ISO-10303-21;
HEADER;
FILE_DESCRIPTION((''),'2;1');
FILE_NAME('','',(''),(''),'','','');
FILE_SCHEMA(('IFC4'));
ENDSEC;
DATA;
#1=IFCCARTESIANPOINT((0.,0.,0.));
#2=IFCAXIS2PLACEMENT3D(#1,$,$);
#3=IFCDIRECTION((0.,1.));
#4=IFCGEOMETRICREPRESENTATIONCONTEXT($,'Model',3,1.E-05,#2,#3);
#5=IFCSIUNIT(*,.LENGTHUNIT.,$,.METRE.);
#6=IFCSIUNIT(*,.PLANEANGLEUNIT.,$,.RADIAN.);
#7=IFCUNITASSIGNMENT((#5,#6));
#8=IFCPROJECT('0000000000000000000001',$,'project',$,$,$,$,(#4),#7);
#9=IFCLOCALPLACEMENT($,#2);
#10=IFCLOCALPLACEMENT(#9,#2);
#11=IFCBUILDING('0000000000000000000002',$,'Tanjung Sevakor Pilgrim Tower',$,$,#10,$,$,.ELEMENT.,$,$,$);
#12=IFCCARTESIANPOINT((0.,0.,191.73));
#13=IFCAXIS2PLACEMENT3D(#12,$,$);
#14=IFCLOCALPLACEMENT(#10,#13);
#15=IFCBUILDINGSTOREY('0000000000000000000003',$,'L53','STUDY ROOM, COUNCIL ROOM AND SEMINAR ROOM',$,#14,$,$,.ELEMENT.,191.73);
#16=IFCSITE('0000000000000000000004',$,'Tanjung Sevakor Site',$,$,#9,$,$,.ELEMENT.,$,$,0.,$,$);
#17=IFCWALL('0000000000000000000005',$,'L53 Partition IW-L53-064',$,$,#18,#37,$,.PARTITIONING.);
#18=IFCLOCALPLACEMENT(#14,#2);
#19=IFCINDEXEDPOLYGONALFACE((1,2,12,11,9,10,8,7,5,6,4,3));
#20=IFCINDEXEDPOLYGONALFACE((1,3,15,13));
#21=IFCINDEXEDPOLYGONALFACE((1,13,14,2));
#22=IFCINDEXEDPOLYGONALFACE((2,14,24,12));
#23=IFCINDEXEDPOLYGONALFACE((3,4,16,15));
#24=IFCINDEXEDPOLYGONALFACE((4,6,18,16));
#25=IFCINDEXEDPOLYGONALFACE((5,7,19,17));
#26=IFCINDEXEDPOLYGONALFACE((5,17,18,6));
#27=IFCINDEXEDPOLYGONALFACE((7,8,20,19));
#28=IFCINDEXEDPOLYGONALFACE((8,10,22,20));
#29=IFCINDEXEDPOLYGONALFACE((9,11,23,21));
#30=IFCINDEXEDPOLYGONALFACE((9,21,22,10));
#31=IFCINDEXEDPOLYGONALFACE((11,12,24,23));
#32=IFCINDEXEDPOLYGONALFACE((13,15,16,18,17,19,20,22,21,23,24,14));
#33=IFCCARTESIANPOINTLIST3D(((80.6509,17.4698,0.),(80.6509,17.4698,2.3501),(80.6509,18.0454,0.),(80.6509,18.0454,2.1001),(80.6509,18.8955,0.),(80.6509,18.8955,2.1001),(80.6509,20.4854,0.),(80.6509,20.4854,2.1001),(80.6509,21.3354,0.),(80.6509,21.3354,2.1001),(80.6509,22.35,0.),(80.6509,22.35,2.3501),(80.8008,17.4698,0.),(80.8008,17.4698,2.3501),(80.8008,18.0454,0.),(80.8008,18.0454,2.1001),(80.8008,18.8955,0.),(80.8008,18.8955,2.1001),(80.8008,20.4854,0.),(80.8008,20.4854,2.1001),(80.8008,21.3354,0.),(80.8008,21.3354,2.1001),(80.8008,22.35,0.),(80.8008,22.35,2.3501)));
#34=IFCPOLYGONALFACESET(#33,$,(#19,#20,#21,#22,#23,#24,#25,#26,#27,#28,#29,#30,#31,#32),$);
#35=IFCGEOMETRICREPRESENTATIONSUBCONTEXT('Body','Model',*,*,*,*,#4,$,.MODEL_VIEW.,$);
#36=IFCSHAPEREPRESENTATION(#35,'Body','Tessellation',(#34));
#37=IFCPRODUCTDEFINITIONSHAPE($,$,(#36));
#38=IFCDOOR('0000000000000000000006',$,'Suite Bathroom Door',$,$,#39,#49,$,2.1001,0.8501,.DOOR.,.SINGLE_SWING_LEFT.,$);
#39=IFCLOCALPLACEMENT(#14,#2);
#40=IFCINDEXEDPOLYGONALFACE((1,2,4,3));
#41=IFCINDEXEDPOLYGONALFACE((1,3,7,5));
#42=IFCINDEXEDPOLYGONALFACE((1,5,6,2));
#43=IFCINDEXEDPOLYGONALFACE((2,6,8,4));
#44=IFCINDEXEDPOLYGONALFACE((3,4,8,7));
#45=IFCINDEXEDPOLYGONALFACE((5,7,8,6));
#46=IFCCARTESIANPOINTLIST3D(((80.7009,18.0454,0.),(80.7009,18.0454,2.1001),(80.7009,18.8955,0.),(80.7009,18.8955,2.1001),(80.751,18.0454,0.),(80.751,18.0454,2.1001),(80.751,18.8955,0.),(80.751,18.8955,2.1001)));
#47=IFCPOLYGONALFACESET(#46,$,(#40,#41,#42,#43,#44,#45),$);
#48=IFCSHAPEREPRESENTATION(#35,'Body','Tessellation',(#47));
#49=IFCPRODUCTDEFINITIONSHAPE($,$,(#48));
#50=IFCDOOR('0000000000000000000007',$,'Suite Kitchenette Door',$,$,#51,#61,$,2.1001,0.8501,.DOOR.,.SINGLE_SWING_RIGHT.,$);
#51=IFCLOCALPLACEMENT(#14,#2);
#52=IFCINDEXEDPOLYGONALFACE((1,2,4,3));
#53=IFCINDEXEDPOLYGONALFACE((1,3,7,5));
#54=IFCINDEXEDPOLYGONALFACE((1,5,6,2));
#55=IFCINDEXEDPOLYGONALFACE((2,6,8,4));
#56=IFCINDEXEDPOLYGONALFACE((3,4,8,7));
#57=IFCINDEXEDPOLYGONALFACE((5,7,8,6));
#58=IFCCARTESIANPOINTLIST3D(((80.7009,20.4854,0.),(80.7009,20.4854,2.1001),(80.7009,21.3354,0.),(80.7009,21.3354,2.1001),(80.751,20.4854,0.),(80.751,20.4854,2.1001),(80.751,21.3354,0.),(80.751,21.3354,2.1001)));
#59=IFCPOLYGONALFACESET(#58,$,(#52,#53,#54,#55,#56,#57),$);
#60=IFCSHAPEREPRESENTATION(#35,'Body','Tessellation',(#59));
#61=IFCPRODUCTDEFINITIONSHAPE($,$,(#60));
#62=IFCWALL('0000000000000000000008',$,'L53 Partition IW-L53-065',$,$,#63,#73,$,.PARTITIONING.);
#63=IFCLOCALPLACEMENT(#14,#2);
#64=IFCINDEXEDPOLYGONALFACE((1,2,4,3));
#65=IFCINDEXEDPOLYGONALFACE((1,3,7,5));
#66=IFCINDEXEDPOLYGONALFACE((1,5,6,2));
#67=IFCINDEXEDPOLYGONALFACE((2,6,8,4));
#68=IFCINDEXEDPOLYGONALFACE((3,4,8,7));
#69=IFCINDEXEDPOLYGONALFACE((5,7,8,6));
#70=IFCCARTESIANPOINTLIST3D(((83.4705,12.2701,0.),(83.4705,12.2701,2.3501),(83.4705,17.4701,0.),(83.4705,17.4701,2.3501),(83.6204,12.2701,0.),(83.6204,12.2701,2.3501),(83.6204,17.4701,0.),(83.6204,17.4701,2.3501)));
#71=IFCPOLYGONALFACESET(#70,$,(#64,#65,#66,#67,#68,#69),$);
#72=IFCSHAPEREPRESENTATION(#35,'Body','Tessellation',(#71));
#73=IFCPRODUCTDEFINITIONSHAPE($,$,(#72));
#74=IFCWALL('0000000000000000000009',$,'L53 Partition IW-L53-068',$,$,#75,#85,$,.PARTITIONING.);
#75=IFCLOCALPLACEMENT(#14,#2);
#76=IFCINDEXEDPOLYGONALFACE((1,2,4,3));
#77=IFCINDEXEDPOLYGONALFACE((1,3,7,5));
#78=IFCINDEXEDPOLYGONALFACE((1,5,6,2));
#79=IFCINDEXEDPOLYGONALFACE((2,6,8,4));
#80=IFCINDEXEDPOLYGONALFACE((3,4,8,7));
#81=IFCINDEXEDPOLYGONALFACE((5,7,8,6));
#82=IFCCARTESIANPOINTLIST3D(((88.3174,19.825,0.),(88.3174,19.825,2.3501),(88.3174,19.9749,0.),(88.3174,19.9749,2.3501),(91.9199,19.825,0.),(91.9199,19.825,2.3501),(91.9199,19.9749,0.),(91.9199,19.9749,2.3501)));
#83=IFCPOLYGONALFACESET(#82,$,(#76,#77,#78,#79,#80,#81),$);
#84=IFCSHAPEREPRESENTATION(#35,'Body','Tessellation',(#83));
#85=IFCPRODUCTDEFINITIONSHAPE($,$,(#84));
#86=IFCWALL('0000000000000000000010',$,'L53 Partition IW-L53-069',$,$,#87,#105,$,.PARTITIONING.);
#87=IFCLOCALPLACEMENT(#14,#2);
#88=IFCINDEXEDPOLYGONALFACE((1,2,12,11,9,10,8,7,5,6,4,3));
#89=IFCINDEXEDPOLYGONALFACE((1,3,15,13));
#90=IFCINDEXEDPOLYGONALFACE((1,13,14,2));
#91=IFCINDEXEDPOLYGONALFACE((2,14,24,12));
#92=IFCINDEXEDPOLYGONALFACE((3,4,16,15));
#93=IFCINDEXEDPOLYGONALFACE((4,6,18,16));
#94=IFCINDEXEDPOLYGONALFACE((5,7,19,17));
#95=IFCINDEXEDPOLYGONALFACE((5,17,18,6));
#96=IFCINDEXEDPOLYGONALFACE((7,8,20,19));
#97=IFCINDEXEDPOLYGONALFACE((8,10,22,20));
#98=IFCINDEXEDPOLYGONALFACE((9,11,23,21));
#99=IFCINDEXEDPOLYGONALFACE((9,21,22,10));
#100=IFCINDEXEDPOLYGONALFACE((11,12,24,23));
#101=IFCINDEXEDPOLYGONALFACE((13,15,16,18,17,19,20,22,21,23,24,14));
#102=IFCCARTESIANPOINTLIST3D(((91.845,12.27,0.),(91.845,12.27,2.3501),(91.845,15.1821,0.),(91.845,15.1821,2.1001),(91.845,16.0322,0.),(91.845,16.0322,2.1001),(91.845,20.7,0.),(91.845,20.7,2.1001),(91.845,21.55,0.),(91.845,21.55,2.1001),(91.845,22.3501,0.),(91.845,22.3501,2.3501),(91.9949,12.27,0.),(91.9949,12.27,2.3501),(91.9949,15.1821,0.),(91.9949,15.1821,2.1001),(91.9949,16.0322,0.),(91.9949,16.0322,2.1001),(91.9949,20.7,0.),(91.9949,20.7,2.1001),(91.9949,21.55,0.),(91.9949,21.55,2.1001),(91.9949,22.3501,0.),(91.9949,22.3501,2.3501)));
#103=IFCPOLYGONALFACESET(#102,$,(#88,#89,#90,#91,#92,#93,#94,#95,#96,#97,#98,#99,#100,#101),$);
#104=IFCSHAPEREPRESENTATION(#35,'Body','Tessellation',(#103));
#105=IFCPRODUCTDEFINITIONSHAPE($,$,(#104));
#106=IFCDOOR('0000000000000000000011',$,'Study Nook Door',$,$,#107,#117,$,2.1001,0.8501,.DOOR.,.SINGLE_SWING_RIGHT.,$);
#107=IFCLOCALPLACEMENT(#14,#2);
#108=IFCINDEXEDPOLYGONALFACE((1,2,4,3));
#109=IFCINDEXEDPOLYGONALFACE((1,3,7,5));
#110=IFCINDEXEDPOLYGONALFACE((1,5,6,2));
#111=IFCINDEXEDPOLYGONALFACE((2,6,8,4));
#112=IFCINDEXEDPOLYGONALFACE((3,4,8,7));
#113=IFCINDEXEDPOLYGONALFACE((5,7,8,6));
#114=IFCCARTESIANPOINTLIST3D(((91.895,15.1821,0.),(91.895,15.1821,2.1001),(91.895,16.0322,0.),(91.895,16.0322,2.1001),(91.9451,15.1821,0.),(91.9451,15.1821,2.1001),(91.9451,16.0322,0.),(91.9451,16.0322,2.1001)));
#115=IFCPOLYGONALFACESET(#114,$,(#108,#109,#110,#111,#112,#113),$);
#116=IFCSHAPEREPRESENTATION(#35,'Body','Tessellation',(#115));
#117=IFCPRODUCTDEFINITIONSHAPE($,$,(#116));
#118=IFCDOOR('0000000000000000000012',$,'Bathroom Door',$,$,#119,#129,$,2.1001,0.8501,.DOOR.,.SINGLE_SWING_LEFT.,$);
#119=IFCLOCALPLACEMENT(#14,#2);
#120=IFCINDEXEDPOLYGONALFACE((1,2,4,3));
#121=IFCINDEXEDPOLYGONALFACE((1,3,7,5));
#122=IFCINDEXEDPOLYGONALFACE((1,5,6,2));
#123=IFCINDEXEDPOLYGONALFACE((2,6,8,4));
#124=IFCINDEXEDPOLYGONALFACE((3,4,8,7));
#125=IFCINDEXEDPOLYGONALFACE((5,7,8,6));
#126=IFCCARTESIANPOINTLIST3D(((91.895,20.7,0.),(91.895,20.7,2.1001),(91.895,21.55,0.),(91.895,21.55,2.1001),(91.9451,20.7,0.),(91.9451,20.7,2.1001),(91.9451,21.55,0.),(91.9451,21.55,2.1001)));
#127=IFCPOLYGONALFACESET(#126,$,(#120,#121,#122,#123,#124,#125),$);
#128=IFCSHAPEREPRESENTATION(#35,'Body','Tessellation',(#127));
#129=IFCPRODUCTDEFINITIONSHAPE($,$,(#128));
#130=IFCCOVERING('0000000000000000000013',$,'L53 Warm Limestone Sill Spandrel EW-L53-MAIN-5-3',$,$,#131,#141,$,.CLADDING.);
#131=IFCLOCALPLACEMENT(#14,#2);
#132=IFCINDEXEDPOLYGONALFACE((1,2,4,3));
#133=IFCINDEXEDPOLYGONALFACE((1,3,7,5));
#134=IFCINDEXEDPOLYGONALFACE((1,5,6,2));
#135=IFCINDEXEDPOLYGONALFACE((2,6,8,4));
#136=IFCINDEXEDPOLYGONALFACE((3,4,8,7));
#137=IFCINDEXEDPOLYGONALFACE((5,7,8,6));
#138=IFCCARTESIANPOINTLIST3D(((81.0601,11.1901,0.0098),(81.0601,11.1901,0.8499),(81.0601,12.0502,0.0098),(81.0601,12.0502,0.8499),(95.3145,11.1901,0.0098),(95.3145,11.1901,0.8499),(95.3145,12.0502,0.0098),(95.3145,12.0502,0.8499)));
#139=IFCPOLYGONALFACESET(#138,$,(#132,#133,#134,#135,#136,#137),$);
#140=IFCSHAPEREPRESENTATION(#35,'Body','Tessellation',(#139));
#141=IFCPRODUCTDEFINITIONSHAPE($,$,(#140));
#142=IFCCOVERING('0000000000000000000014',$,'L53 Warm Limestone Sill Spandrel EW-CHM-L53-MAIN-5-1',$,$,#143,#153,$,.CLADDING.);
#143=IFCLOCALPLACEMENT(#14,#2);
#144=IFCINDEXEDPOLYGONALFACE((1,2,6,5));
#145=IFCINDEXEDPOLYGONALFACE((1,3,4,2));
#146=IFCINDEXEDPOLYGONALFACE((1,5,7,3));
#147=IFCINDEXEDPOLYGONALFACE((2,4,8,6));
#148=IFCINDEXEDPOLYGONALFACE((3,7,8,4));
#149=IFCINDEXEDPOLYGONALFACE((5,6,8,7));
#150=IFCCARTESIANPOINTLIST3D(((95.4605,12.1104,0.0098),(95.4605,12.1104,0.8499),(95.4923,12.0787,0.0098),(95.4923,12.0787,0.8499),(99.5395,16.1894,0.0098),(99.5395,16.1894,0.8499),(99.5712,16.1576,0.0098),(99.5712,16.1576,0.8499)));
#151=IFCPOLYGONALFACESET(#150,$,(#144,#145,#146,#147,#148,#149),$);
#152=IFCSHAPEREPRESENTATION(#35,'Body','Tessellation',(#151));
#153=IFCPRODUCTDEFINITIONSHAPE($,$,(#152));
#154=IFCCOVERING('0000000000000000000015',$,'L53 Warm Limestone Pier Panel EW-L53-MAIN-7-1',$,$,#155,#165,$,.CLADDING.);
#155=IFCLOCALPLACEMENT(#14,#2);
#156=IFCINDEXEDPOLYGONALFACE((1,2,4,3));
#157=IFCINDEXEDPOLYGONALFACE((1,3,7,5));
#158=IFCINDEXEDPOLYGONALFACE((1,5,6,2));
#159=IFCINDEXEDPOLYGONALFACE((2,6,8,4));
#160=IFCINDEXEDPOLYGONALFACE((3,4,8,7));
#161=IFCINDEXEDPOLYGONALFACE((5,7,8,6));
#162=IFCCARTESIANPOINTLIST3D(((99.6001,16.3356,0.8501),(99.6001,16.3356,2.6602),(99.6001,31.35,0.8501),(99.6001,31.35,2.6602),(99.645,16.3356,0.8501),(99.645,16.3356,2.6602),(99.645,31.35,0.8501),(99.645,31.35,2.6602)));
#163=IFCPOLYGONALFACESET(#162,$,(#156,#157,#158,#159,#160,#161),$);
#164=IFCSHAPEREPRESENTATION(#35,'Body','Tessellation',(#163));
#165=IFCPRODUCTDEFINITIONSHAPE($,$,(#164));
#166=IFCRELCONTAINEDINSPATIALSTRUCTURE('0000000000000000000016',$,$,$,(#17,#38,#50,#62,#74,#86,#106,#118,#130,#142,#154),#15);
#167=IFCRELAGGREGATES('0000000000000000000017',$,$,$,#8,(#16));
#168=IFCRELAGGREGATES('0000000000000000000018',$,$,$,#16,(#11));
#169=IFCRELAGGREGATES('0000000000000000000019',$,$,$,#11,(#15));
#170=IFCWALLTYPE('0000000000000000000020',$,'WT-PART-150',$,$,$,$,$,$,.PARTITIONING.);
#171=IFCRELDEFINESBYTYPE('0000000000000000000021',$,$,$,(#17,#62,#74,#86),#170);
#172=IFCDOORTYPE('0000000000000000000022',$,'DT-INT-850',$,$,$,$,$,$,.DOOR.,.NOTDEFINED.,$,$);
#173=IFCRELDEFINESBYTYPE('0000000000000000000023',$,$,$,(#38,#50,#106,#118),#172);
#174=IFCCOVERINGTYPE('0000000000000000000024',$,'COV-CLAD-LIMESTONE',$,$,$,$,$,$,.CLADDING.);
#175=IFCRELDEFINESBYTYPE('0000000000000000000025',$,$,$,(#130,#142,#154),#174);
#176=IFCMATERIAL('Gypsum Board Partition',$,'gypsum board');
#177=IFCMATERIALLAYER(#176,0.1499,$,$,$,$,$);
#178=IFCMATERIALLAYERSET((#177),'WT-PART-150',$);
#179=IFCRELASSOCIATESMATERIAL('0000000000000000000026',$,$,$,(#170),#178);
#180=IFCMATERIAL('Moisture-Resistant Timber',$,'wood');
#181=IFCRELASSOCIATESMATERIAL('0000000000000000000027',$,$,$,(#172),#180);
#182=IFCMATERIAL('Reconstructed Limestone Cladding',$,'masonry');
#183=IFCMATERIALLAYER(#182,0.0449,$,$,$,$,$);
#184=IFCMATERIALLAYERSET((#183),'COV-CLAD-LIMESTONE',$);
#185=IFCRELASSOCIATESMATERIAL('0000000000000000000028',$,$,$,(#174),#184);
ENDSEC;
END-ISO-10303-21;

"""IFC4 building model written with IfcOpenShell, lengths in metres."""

from ifc_helpers import new_model, si_unit, direction, frame, frame_2d, origin, origin_2d, place, context, subcontext, project, spatial, rectangle, extrude, material, layer, layer_set, type_object, element, fill, save


model = new_model("IFC4")

# Units and contexts
model_context = context("Model", 3, precision=1e-05, world=origin(), true_north=direction((0.0, 1.0)))
body_context = subcontext(model_context, "Body", "Model", "MODEL_VIEW")
ifc_project = project(units=[si_unit("LENGTHUNIT", "METRE"), si_unit("PLANEANGLEUNIT", "RADIAN")], contexts=[model_context])

# Site, building, storey
site_placement = place(None, origin())
site = spatial("IfcSite", under=ifc_project, at=site_placement, Name="Tanjung Sevakor Site", CompositionType="ELEMENT", RefElevation=0.0)
building_placement = place(site_placement, origin())
building = spatial("IfcBuilding", under=site, at=building_placement, Name="Tanjung Sevakor Pilgrim Tower", CompositionType="ELEMENT")
storey_placement = place(building_placement, frame((0.0, 0.0, 191.73)))
storey = spatial("IfcBuildingStorey", under=building, at=storey_placement, Name="L53", Description="STUDY ROOM, COUNCIL ROOM AND SEMINAR ROOM", CompositionType="ELEMENT", Elevation=191.73)

# Wall, openings, doors
ifc_material_1 = material(Name="Gypsum Board Partition", Category="gypsum board")
ifc_layer_1 = layer(ifc_material_1, 0.1499)
ifc_layer_set_1 = layer_set([ifc_layer_1], Name="WT-PART-150")
wall_type_1 = type_object("IfcWallType", Name="WT-PART-150", PredefinedType="PARTITIONING", material=ifc_layer_set_1)
wall_1_placement = place(storey_placement, frame((80.7258, 17.47, 0.0), z_axis=(0.0, 0.0, 1.0), x_axis=(0.0, 1.0, 0.0)))
wall_1 = element("IfcWall", 1, at=wall_1_placement, inside=storey, type_object=wall_type_1, Name="L53 Partition IW-L53-064", PredefinedType="PARTITIONING", context=body_context, shape_type="SweptSolid", body=[
    extrude(rectangle(XDim=4.8801, YDim=0.1499, at=frame_2d((2.4399, 0.0))), origin(), (0.0, 0.0, 1.0), 2.3501),
])
opening_1_placement = place(wall_1_placement, frame((0.5754, 0.0, 0.0)))
opening_1 = element("IfcOpeningElement", 2, at=opening_1_placement, cuts=wall_1, PredefinedType="OPENING", context=body_context, shape_type="SweptSolid", body=[
    extrude(rectangle(XDim=0.8501, YDim=2.1001, at=frame_2d((0.425, 1.05))), frame((0.0, 0.085, 0.0), z_axis=(0.0, -1.0, 0.0), x_axis=(1.0, 0.0, 0.0)), (0.0, 0.0, 1.0), 0.1699),
])
opening_2_placement = place(wall_1_placement, frame((3.0154, 0.0, 0.0)))
opening_2 = element("IfcOpeningElement", 3, at=opening_2_placement, cuts=wall_1, PredefinedType="OPENING", context=body_context, shape_type="SweptSolid", body=[
    extrude(rectangle(XDim=0.8501, YDim=2.1001, at=frame_2d((0.425, 1.05))), frame((0.0, 0.085, 0.0), z_axis=(0.0, -1.0, 0.0), x_axis=(1.0, 0.0, 0.0)), (0.0, 0.0, 1.0), 0.1699),
])
ifc_material_2 = material(Name="Moisture-Resistant Timber", Category="wood")
door_type_1 = type_object("IfcDoorType", Name="DT-INT-850", OperationType="NOTDEFINED", PredefinedType="DOOR", material=ifc_material_2)
door_1_placement = place(opening_1_placement, origin())
door_1 = element("IfcDoor", 4, at=door_1_placement, inside=storey, type_object=door_type_1, Name="Suite Bathroom Door", OperationType="SINGLE_SWING_LEFT", OverallHeight=2.1001, OverallWidth=0.8501, PredefinedType="DOOR", context=body_context, shape_type="SweptSolid", body=[
    extrude(rectangle(XDim=0.8501, YDim=2.1001, at=frame_2d((0.425, 1.05))), frame((0.0, 0.0249, 0.0), z_axis=(0.0, -1.0, 0.0), x_axis=(1.0, 0.0, 0.0)), (0.0, 0.0, 1.0), 0.05),
])
fill(opening_1, door_1)
door_2_placement = place(opening_2_placement, origin())
door_2 = element("IfcDoor", 5, at=door_2_placement, inside=storey, type_object=door_type_1, Name="Suite Kitchenette Door", OperationType="SINGLE_SWING_RIGHT", OverallHeight=2.1001, OverallWidth=0.8501, PredefinedType="DOOR", context=body_context, shape_type="SweptSolid", body=[
    extrude(rectangle(XDim=0.8501, YDim=2.1001, at=frame_2d((0.425, 1.05))), frame((0.0, 0.0249, 0.0), z_axis=(0.0, -1.0, 0.0), x_axis=(1.0, 0.0, 0.0)), (0.0, 0.0, 1.0), 0.05),
])
fill(opening_2, door_2)

# Walls
wall_2_placement = place(storey_placement, frame((83.5454, 12.27, 0.0), z_axis=(0.0, 0.0, 1.0), x_axis=(0.0, 1.0, 0.0)))
element("IfcWall", 6, at=wall_2_placement, inside=storey, type_object=wall_type_1, Name="L53 Partition IW-L53-065", PredefinedType="PARTITIONING", context=body_context, shape_type="SweptSolid", body=[
    extrude(rectangle(XDim=5.2, YDim=0.1499, at=frame_2d((2.6001, 0.0))), origin(), (0.0, 0.0, 1.0), 2.3501),
])
wall_3_placement = place(storey_placement, frame((88.3174, 19.8999, 0.0), z_axis=(0.0, 0.0, 1.0), x_axis=(1.0, 0.0, 0.0)))
element("IfcWall", 7, at=wall_3_placement, inside=storey, type_object=wall_type_1, Name="L53 Partition IW-L53-068", PredefinedType="PARTITIONING", context=body_context, shape_type="SweptSolid", body=[
    extrude(rectangle(XDim=3.6025, YDim=0.1499, at=frame_2d((1.8013, 0.0))), origin(), (0.0, 0.0, 1.0), 2.3501),
])

# Wall, openings, doors
wall_4_placement = place(storey_placement, frame((91.9199, 12.27, 0.0), z_axis=(0.0, 0.0, 1.0), x_axis=(0.0, 1.0, 0.0)))
wall_4 = element("IfcWall", 8, at=wall_4_placement, inside=storey, type_object=wall_type_1, Name="L53 Partition IW-L53-069", PredefinedType="PARTITIONING", context=body_context, shape_type="SweptSolid", body=[
    extrude(rectangle(XDim=10.0801, YDim=0.1499, at=frame_2d((5.04, 0.0))), origin(), (0.0, 0.0, 1.0), 2.3501),
])
opening_3_placement = place(wall_4_placement, frame((2.9121, 0.0, 0.0)))
opening_3 = element("IfcOpeningElement", 9, at=opening_3_placement, cuts=wall_4, PredefinedType="OPENING", context=body_context, shape_type="SweptSolid", body=[
    extrude(rectangle(XDim=0.8501, YDim=2.1001, at=frame_2d((0.425, 1.05))), frame((0.0, 0.085, 0.0), z_axis=(0.0, -1.0, 0.0), x_axis=(1.0, 0.0, 0.0)), (0.0, 0.0, 1.0), 0.1699),
])
opening_4_placement = place(wall_4_placement, frame((8.4299, 0.0, 0.0)))
opening_4 = element("IfcOpeningElement", 10, at=opening_4_placement, cuts=wall_4, PredefinedType="OPENING", context=body_context, shape_type="SweptSolid", body=[
    extrude(rectangle(XDim=0.8501, YDim=2.1001, at=frame_2d((0.425, 1.05))), frame((0.0, 0.085, 0.0), z_axis=(0.0, -1.0, 0.0), x_axis=(1.0, 0.0, 0.0)), (0.0, 0.0, 1.0), 0.1699),
])
door_3_placement = place(opening_3_placement, origin())
door_3 = element("IfcDoor", 11, at=door_3_placement, inside=storey, type_object=door_type_1, Name="Study Nook Door", OperationType="SINGLE_SWING_RIGHT", OverallHeight=2.1001, OverallWidth=0.8501, PredefinedType="DOOR", context=body_context, shape_type="SweptSolid", body=[
    extrude(rectangle(XDim=0.8501, YDim=2.1001, at=frame_2d((0.425, 1.05))), frame((0.0, 0.0249, 0.0), z_axis=(0.0, -1.0, 0.0), x_axis=(1.0, 0.0, 0.0)), (0.0, 0.0, 1.0), 0.05),
])
fill(opening_3, door_3)
door_4_placement = place(opening_4_placement, origin())
door_4 = element("IfcDoor", 12, at=door_4_placement, inside=storey, type_object=door_type_1, Name="Bathroom Door", OperationType="SINGLE_SWING_LEFT", OverallHeight=2.1001, OverallWidth=0.8501, PredefinedType="DOOR", context=body_context, shape_type="SweptSolid", body=[
    extrude(rectangle(XDim=0.8501, YDim=2.1001, at=frame_2d((0.425, 1.05))), frame((0.0, 0.0249, 0.0), z_axis=(0.0, -1.0, 0.0), x_axis=(1.0, 0.0, 0.0)), (0.0, 0.0, 1.0), 0.05),
])
fill(opening_4, door_4)

# Coverings
ifc_material_3 = material(Name="Reconstructed Limestone Cladding", Category="masonry")
ifc_layer_2 = layer(ifc_material_3, 0.0449)
ifc_layer_set_2 = layer_set([ifc_layer_2], Name="COV-CLAD-LIMESTONE")
covering_type = type_object("IfcCoveringType", Name="COV-CLAD-LIMESTONE", PredefinedType="CLADDING", material=ifc_layer_set_2)
covering_1_placement = place(storey_placement, frame((88.1873, 11.6201, 0.0098), z_axis=(0.0, 0.0, 1.0), x_axis=(1.0, 0.0, 0.0)))
element("IfcCovering", 13, at=covering_1_placement, inside=storey, type_object=covering_type, Name="L53 Warm Limestone Sill Spandrel EW-L53-MAIN-5-3", PredefinedType="CLADDING", context=body_context, shape_type="SweptSolid", body=[
    extrude(rectangle(XDim=14.2544, YDim=0.8601, at=origin_2d()), origin(), (0.0, 0.0, 1.0), 0.8401),
])
covering_2_placement = place(storey_placement, frame((97.5159, 14.134, 0.0098), z_axis=(0.0, 0.0, 1.0), x_axis=(0.707107, 0.707107, 0.0)))
element("IfcCovering", 14, at=covering_2_placement, inside=storey, type_object=covering_type, Name="L53 Warm Limestone Sill Spandrel EW-CHM-L53-MAIN-5-1", PredefinedType="CLADDING", context=body_context, shape_type="SweptSolid", body=[
    extrude(rectangle(XDim=5.7686, YDim=0.0449, at=origin_2d()), origin(), (0.0, 0.0, 1.0), 0.8401),
])
covering_3_placement = place(storey_placement, frame((99.6226, 23.8428, 0.8501), z_axis=(0.0, 0.0, 1.0), x_axis=(0.0, 1.0, 0.0)))
element("IfcCovering", 15, at=covering_3_placement, inside=storey, type_object=covering_type, Name="L53 Warm Limestone Pier Panel EW-L53-MAIN-7-1", PredefinedType="CLADDING", context=body_context, shape_type="SweptSolid", body=[
    extrude(rectangle(XDim=15.0144, YDim=0.0449, at=origin_2d()), origin(), (0.0, 0.0, 1.0), 1.8101),
])

save(model, "model.ifc")
